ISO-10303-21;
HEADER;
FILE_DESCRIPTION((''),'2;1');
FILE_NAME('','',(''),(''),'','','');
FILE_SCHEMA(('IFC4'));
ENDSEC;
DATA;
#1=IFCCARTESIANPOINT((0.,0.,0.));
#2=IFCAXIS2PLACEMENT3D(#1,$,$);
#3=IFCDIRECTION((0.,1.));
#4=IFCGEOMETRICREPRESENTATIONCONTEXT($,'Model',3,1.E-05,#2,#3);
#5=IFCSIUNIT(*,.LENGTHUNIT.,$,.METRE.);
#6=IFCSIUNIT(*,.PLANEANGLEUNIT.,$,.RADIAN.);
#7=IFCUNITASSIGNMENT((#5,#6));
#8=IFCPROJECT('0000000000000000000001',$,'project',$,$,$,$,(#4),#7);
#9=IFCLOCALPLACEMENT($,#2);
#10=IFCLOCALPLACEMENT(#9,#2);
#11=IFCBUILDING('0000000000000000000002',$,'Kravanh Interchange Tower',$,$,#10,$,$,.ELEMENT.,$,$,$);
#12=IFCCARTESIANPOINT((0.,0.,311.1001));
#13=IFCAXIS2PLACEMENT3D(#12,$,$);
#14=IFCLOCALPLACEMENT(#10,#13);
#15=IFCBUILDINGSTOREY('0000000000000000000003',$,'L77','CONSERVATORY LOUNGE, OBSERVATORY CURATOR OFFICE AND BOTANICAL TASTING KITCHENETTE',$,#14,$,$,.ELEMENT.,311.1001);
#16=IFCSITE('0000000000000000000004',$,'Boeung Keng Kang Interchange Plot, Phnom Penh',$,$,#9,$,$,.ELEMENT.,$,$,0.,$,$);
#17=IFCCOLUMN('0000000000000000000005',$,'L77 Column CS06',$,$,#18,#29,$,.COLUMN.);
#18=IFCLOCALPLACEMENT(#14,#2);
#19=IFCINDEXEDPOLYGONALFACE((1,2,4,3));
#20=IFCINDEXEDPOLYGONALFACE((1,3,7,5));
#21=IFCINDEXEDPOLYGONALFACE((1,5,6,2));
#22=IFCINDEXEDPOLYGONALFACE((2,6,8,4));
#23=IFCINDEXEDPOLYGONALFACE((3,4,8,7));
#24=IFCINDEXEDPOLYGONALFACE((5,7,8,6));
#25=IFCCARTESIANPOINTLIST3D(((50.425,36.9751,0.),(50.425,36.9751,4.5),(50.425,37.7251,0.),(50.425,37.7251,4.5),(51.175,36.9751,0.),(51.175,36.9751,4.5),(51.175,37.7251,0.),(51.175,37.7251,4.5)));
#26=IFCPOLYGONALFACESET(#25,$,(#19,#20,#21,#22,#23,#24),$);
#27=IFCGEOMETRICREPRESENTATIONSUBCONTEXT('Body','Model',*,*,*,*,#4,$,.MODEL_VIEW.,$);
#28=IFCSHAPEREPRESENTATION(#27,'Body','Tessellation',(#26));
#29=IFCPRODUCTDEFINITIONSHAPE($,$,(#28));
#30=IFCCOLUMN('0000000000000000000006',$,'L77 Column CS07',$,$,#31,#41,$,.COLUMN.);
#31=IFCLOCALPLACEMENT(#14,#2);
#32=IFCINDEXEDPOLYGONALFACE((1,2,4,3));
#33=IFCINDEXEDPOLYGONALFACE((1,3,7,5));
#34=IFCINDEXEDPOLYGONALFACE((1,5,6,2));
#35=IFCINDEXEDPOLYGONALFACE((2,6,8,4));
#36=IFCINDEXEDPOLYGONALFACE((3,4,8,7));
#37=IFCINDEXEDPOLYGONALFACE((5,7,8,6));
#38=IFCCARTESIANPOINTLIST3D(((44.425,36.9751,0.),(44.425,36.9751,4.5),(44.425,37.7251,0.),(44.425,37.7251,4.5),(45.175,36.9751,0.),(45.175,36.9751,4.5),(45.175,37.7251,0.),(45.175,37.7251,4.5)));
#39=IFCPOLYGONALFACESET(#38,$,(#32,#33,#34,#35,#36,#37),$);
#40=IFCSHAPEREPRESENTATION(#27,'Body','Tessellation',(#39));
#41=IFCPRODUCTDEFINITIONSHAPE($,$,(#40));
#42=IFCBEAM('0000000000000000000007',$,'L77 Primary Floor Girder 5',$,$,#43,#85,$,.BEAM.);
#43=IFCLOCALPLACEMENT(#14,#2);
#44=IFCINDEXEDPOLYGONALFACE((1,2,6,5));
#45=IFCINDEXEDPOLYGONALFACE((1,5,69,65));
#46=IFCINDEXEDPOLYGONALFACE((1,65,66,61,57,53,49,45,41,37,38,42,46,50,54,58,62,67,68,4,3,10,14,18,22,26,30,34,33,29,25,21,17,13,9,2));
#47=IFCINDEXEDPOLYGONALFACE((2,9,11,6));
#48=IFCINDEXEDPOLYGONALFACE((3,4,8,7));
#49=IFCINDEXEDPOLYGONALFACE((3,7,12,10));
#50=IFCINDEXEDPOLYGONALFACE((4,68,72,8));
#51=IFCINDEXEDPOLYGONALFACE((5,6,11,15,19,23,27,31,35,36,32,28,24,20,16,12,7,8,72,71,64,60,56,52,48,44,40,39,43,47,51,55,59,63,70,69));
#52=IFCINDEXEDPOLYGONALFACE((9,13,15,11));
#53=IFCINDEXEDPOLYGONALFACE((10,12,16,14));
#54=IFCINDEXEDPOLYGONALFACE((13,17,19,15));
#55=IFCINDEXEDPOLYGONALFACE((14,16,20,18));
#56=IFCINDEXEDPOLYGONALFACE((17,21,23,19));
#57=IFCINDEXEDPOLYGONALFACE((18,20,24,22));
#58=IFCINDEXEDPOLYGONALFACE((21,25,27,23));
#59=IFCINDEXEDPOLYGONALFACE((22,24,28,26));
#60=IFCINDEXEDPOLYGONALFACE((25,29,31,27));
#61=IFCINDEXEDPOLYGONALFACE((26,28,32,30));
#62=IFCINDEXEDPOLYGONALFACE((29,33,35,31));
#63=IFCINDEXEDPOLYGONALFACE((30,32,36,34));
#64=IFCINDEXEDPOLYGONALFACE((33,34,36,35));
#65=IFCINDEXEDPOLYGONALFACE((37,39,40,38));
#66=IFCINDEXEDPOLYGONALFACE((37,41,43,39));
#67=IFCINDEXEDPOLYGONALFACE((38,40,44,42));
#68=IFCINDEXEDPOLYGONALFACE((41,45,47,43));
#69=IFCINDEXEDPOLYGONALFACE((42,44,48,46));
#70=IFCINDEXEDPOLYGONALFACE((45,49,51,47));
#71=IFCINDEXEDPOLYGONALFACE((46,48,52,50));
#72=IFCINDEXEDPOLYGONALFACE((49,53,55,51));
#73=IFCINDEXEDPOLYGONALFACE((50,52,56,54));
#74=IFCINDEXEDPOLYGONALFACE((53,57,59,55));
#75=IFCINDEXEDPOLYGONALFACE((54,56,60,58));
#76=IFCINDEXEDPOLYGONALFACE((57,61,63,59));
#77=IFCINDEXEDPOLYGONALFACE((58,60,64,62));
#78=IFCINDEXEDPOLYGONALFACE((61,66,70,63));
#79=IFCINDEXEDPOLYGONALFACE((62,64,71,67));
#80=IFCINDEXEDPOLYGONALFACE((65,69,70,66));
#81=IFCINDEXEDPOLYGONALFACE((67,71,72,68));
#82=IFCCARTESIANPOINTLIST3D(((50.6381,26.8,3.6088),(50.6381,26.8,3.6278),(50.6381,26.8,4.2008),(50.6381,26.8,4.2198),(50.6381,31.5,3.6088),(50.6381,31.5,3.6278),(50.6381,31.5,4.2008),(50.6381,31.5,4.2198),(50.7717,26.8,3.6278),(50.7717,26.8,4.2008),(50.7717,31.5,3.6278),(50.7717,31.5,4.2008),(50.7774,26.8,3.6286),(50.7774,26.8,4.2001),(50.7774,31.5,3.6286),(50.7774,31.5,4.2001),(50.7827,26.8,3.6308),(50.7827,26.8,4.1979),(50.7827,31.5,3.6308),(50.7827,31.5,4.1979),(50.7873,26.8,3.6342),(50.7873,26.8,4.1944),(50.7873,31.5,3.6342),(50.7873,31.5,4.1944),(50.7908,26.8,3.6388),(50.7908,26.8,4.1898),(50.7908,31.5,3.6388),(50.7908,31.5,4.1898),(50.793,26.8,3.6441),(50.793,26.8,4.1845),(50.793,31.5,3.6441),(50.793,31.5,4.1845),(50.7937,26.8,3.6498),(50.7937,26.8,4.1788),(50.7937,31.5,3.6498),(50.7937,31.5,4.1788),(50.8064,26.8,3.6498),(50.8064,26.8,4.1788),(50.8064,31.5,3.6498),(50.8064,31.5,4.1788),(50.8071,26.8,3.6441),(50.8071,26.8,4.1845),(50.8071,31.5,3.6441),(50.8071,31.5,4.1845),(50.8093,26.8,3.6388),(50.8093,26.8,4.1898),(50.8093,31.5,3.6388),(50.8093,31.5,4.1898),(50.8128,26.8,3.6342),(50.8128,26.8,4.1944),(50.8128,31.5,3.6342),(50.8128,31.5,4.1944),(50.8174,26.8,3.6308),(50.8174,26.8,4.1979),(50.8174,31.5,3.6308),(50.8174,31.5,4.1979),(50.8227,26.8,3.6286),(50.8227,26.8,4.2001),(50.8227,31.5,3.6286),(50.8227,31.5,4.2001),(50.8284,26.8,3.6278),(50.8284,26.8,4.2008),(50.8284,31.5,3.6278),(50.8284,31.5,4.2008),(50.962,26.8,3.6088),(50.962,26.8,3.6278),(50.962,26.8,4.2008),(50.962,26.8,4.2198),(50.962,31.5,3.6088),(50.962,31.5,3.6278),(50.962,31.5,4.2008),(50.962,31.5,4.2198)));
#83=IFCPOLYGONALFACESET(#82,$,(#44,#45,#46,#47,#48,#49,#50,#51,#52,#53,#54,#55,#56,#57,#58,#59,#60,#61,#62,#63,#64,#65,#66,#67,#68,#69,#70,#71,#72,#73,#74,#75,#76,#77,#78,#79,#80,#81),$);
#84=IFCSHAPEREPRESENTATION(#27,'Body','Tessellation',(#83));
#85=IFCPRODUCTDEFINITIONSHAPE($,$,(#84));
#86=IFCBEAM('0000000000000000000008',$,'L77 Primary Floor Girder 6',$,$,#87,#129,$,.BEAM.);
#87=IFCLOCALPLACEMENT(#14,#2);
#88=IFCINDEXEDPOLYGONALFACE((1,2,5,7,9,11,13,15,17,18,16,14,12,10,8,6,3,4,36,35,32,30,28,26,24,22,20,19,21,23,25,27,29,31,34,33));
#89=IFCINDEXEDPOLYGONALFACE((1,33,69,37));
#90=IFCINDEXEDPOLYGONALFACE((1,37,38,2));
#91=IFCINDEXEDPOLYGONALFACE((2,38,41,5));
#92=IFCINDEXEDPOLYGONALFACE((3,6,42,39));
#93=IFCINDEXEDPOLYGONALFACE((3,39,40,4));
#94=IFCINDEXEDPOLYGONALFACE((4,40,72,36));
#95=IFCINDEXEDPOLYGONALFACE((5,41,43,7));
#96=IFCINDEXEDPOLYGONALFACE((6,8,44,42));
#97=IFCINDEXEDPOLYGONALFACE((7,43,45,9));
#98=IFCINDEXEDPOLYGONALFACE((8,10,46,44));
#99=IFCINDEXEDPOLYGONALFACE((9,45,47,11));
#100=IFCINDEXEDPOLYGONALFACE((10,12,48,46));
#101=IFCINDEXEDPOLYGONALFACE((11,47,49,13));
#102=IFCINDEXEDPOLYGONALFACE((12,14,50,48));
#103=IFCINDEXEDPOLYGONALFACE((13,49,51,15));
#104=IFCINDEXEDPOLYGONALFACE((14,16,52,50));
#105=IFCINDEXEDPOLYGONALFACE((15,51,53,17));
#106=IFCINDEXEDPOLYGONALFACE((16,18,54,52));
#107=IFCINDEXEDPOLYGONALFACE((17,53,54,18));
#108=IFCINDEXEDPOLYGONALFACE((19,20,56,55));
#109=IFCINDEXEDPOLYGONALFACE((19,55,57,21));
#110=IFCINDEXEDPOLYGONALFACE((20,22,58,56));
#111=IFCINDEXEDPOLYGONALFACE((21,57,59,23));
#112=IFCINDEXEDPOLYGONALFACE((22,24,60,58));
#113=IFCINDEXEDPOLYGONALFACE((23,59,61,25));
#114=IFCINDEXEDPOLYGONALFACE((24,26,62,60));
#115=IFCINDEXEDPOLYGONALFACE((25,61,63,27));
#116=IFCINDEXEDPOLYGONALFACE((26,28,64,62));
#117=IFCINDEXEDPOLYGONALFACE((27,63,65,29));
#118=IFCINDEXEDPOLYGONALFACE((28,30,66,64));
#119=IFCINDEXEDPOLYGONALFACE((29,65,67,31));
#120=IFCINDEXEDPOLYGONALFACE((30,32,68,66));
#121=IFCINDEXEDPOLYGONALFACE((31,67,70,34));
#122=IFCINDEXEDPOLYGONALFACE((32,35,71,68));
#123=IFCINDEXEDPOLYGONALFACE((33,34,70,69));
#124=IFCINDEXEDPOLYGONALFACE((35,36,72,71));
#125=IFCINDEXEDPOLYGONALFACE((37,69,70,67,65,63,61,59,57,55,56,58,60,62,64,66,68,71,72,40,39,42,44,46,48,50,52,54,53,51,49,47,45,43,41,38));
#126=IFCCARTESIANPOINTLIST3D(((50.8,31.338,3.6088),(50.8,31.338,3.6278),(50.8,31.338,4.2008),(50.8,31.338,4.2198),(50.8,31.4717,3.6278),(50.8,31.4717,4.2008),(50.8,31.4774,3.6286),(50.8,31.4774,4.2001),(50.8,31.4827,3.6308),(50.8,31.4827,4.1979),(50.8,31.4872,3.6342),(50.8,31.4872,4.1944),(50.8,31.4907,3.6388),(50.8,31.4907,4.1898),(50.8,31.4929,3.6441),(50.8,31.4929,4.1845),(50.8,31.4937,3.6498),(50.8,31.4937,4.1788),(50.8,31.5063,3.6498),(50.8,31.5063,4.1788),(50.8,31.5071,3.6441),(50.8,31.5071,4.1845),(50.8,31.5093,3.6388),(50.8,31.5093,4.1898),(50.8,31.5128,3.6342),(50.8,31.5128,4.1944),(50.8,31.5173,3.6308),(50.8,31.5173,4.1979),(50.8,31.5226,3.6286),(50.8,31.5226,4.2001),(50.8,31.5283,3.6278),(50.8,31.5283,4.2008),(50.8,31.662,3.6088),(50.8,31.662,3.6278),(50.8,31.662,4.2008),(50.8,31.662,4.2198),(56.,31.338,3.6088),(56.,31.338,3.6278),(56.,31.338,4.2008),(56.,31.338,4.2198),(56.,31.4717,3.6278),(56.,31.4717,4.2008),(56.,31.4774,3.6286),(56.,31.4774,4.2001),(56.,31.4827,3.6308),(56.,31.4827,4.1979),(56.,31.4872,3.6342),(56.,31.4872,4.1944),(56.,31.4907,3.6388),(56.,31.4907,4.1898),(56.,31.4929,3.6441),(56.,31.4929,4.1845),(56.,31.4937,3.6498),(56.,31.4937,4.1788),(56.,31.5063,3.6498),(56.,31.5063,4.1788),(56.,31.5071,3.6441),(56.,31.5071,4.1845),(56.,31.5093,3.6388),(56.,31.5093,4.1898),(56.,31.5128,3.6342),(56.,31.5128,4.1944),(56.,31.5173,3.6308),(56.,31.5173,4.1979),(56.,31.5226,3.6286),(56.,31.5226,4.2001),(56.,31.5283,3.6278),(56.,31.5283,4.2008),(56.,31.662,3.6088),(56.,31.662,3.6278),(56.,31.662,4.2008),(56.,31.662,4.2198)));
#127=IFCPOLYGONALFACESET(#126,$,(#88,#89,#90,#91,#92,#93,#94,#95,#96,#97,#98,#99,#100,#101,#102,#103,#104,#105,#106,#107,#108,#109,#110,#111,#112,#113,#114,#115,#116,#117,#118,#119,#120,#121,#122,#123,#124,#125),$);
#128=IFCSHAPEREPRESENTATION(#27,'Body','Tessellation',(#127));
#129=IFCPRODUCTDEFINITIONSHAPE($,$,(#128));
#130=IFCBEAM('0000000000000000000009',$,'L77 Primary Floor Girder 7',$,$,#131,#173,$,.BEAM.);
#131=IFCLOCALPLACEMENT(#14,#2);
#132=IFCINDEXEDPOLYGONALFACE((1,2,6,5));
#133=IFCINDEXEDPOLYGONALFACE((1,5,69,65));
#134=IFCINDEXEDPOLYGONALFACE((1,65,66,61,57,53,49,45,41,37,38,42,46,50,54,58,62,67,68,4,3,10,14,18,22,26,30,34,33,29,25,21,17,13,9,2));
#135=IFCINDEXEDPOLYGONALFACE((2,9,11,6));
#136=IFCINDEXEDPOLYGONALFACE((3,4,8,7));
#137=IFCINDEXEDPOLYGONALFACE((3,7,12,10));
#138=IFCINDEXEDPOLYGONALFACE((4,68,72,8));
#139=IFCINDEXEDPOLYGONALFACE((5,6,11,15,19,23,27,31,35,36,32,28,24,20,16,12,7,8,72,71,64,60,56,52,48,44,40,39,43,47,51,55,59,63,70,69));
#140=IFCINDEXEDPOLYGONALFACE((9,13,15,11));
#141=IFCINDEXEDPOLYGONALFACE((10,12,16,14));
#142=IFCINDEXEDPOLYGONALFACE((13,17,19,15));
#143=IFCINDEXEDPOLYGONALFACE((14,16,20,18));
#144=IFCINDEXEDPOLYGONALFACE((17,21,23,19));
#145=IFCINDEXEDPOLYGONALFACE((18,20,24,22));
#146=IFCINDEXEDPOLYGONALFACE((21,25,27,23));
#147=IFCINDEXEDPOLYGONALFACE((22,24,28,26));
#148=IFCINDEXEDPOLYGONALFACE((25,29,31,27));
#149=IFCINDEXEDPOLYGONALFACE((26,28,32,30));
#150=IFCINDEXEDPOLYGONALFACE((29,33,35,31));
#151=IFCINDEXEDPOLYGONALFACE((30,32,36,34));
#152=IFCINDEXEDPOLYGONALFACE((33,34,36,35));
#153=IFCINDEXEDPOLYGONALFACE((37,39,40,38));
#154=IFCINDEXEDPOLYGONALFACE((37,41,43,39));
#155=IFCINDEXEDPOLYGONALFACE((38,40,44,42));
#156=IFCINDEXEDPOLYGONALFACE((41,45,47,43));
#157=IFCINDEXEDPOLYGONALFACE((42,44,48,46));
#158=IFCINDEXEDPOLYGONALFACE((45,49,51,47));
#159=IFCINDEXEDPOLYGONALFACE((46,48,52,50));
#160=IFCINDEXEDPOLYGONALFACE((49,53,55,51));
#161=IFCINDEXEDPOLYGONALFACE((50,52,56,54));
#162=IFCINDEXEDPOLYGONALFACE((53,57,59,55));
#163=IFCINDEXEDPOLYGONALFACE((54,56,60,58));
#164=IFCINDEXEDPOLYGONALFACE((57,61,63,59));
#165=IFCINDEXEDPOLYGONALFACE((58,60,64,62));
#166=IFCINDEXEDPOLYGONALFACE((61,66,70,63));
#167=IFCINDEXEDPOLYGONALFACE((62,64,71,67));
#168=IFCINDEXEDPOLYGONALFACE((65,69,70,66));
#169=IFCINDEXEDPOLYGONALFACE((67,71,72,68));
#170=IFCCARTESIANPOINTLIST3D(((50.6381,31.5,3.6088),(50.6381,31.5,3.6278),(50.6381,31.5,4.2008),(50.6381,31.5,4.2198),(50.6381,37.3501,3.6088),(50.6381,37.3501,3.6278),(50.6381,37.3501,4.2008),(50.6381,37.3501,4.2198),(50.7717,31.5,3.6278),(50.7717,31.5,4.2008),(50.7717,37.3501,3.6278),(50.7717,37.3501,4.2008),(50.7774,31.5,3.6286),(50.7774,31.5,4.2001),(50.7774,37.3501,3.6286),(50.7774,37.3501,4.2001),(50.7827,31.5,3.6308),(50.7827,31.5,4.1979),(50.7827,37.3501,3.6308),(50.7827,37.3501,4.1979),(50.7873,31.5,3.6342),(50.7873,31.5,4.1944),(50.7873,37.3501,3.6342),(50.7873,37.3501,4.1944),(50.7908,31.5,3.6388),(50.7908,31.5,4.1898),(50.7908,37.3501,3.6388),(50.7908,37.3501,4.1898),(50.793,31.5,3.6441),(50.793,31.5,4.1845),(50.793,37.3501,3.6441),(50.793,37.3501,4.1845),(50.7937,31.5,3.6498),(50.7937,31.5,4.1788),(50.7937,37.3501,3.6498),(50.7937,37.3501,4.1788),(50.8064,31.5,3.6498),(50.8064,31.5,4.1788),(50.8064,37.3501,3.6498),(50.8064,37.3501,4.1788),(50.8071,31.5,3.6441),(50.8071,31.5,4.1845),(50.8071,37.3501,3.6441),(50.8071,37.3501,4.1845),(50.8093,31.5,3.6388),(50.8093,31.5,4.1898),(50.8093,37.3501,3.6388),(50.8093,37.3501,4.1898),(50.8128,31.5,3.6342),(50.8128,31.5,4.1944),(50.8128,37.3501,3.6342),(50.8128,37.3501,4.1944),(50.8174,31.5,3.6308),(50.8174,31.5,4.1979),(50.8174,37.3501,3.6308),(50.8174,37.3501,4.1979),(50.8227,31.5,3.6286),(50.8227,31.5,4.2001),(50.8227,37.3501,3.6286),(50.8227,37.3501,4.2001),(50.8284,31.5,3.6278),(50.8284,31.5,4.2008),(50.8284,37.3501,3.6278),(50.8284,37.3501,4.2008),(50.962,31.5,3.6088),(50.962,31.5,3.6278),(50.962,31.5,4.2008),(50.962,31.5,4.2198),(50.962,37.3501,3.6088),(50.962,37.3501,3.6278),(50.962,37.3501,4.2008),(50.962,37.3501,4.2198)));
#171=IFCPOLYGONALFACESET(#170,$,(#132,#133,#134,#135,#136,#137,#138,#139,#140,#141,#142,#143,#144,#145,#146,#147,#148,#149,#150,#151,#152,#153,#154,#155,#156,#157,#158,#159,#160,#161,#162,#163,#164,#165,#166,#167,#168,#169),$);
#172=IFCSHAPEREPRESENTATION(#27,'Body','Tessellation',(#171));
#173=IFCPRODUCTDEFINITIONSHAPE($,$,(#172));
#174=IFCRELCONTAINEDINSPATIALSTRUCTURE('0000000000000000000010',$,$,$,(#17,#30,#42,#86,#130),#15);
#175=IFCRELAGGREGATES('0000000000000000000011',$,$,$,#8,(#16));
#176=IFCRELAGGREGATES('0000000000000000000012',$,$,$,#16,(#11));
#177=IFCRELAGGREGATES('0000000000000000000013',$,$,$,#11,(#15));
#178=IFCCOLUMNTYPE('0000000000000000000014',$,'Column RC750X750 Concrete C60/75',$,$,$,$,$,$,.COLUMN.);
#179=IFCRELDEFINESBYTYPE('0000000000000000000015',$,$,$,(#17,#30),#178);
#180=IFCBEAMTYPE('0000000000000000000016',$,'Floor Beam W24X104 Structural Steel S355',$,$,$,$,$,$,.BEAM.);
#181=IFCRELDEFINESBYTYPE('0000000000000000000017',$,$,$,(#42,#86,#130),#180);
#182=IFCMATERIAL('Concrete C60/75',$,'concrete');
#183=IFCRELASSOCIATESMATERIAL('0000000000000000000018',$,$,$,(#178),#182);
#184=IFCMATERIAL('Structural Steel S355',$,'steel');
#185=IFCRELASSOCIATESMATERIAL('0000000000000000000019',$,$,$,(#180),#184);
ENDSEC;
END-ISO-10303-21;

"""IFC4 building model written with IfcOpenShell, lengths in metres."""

from ifc_helpers import new_model, si_unit, direction, frame, origin, origin_2d, place, context, subcontext, project, spatial, rectangle, i_section, extrude, material, material_profile, profile_set, type_object, element, save


model = new_model("IFC4")

# Units and contexts
model_context = context("Model", 3, precision=1e-05, world=origin(), true_north=direction((0.0, 1.0)))
body_context = subcontext(model_context, "Body", "Model", "MODEL_VIEW")
ifc_project = project(units=[si_unit("LENGTHUNIT", "METRE"), si_unit("PLANEANGLEUNIT", "RADIAN")], contexts=[model_context])

# Site, building, storey
site_placement = place(None, origin())
site = spatial("IfcSite", under=ifc_project, at=site_placement, Name="Boeung Keng Kang Interchange Plot, Phnom Penh", CompositionType="ELEMENT", RefElevation=0.0)
building_placement = place(site_placement, origin())
building = spatial("IfcBuilding", under=site, at=building_placement, Name="Kravanh Interchange Tower", CompositionType="ELEMENT")
storey_placement = place(building_placement, frame((0.0, 0.0, 311.1001)))
storey = spatial("IfcBuildingStorey", under=building, at=storey_placement, Name="L77", Description="CONSERVATORY LOUNGE, OBSERVATORY CURATOR OFFICE AND BOTANICAL TASTING KITCHENETTE", CompositionType="ELEMENT", Elevation=311.1001)

# Columns
ifc_material_1 = material(Name="Concrete C60/75", Category="concrete")
ifc_material_profile_1 = material_profile(ifc_material_1, rectangle(XDim=0.75, YDim=0.75, at=origin_2d()), Name="RC750X750")
ifc_profile_set_1 = profile_set([ifc_material_profile_1], Name="Concrete C60/75")
column_type = type_object("IfcColumnType", Name="Column RC750X750 Concrete C60/75", PredefinedType="COLUMN", material=ifc_profile_set_1)
for number, where, z_axis, x_axis, name in (
    (1, (50.8, 37.3501, 0.0), (0.0, 0.0, 1.0), (1.0, 0.0, 0.0), "L77 Column CS06"),
    (2, (44.8, 37.3501, 0.0), (0.0, 0.0, 1.0), (1.0, 0.0, 0.0), "L77 Column CS07"),
):
    element("IfcColumn", number, at=place(storey_placement, frame(where, z_axis=z_axis, x_axis=x_axis)), inside=storey, type_object=column_type, Name=name, PredefinedType="COLUMN", context=body_context, shape_type="SweptSolid", body=[
        extrude(rectangle(XDim=0.75, YDim=0.75, at=origin_2d()), origin(), (0.0, 0.0, 1.0), 4.5),
    ])

# Beams
ifc_material_2 = material(Name="Structural Steel S355", Category="steel")
ifc_material_profile_2 = material_profile(ifc_material_2, i_section(OverallWidth=0.324, OverallDepth=0.6111, WebThickness=0.0127, FlangeThickness=0.019, FilletRadius=0.022, at=origin_2d()), Name="W24X104")
ifc_profile_set_2 = profile_set([ifc_material_profile_2], Name="Structural Steel S355")
beam_type_1 = type_object("IfcBeamType", Name="Floor Beam W24X104 Structural Steel S355", PredefinedType="BEAM", material=ifc_profile_set_2)
beam_1_placement = place(storey_placement, frame((50.8, 31.5, 3.9143), z_axis=(0.0, -1.0, 0.0), x_axis=(1.0, 0.0, 0.0)))
element("IfcBeam", 3, at=beam_1_placement, inside=storey, type_object=beam_type_1, Name="L77 Primary Floor Girder 5", PredefinedType="BEAM", context=body_context, shape_type="SweptSolid", body=[
    extrude(i_section(OverallWidth=0.324, OverallDepth=0.6111, WebThickness=0.0127, FlangeThickness=0.019, FilletRadius=0.022, at=origin_2d()), origin(), (0.0, 0.0, 1.0), 4.7),
])
beam_2_placement = place(storey_placement, frame((50.8, 31.5, 3.9143), z_axis=(1.0, 0.0, 0.0), x_axis=(0.0, 1.0, 0.0)))
element("IfcBeam", 4, at=beam_2_placement, inside=storey, type_object=beam_type_1, Name="L77 Primary Floor Girder 6", PredefinedType="BEAM", context=body_context, shape_type="SweptSolid", body=[
    extrude(i_section(OverallWidth=0.324, OverallDepth=0.6111, WebThickness=0.0127, FlangeThickness=0.019, FilletRadius=0.022, at=origin_2d()), origin(), (0.0, 0.0, 1.0), 5.2),
])
beam_3_placement = place(storey_placement, frame((50.8, 31.5, 3.9143), z_axis=(0.0, 1.0, 0.0), x_axis=(-1.0, 0.0, 0.0)))
element("IfcBeam", 5, at=beam_3_placement, inside=storey, type_object=beam_type_1, Name="L77 Primary Floor Girder 7", PredefinedType="BEAM", context=body_context, shape_type="SweptSolid", body=[
    extrude(i_section(OverallWidth=0.324, OverallDepth=0.6111, WebThickness=0.0127, FlangeThickness=0.019, FilletRadius=0.022, at=origin_2d()), origin(), (0.0, 0.0, 1.0), 5.8501),
])

save(model, "model.ifc")
